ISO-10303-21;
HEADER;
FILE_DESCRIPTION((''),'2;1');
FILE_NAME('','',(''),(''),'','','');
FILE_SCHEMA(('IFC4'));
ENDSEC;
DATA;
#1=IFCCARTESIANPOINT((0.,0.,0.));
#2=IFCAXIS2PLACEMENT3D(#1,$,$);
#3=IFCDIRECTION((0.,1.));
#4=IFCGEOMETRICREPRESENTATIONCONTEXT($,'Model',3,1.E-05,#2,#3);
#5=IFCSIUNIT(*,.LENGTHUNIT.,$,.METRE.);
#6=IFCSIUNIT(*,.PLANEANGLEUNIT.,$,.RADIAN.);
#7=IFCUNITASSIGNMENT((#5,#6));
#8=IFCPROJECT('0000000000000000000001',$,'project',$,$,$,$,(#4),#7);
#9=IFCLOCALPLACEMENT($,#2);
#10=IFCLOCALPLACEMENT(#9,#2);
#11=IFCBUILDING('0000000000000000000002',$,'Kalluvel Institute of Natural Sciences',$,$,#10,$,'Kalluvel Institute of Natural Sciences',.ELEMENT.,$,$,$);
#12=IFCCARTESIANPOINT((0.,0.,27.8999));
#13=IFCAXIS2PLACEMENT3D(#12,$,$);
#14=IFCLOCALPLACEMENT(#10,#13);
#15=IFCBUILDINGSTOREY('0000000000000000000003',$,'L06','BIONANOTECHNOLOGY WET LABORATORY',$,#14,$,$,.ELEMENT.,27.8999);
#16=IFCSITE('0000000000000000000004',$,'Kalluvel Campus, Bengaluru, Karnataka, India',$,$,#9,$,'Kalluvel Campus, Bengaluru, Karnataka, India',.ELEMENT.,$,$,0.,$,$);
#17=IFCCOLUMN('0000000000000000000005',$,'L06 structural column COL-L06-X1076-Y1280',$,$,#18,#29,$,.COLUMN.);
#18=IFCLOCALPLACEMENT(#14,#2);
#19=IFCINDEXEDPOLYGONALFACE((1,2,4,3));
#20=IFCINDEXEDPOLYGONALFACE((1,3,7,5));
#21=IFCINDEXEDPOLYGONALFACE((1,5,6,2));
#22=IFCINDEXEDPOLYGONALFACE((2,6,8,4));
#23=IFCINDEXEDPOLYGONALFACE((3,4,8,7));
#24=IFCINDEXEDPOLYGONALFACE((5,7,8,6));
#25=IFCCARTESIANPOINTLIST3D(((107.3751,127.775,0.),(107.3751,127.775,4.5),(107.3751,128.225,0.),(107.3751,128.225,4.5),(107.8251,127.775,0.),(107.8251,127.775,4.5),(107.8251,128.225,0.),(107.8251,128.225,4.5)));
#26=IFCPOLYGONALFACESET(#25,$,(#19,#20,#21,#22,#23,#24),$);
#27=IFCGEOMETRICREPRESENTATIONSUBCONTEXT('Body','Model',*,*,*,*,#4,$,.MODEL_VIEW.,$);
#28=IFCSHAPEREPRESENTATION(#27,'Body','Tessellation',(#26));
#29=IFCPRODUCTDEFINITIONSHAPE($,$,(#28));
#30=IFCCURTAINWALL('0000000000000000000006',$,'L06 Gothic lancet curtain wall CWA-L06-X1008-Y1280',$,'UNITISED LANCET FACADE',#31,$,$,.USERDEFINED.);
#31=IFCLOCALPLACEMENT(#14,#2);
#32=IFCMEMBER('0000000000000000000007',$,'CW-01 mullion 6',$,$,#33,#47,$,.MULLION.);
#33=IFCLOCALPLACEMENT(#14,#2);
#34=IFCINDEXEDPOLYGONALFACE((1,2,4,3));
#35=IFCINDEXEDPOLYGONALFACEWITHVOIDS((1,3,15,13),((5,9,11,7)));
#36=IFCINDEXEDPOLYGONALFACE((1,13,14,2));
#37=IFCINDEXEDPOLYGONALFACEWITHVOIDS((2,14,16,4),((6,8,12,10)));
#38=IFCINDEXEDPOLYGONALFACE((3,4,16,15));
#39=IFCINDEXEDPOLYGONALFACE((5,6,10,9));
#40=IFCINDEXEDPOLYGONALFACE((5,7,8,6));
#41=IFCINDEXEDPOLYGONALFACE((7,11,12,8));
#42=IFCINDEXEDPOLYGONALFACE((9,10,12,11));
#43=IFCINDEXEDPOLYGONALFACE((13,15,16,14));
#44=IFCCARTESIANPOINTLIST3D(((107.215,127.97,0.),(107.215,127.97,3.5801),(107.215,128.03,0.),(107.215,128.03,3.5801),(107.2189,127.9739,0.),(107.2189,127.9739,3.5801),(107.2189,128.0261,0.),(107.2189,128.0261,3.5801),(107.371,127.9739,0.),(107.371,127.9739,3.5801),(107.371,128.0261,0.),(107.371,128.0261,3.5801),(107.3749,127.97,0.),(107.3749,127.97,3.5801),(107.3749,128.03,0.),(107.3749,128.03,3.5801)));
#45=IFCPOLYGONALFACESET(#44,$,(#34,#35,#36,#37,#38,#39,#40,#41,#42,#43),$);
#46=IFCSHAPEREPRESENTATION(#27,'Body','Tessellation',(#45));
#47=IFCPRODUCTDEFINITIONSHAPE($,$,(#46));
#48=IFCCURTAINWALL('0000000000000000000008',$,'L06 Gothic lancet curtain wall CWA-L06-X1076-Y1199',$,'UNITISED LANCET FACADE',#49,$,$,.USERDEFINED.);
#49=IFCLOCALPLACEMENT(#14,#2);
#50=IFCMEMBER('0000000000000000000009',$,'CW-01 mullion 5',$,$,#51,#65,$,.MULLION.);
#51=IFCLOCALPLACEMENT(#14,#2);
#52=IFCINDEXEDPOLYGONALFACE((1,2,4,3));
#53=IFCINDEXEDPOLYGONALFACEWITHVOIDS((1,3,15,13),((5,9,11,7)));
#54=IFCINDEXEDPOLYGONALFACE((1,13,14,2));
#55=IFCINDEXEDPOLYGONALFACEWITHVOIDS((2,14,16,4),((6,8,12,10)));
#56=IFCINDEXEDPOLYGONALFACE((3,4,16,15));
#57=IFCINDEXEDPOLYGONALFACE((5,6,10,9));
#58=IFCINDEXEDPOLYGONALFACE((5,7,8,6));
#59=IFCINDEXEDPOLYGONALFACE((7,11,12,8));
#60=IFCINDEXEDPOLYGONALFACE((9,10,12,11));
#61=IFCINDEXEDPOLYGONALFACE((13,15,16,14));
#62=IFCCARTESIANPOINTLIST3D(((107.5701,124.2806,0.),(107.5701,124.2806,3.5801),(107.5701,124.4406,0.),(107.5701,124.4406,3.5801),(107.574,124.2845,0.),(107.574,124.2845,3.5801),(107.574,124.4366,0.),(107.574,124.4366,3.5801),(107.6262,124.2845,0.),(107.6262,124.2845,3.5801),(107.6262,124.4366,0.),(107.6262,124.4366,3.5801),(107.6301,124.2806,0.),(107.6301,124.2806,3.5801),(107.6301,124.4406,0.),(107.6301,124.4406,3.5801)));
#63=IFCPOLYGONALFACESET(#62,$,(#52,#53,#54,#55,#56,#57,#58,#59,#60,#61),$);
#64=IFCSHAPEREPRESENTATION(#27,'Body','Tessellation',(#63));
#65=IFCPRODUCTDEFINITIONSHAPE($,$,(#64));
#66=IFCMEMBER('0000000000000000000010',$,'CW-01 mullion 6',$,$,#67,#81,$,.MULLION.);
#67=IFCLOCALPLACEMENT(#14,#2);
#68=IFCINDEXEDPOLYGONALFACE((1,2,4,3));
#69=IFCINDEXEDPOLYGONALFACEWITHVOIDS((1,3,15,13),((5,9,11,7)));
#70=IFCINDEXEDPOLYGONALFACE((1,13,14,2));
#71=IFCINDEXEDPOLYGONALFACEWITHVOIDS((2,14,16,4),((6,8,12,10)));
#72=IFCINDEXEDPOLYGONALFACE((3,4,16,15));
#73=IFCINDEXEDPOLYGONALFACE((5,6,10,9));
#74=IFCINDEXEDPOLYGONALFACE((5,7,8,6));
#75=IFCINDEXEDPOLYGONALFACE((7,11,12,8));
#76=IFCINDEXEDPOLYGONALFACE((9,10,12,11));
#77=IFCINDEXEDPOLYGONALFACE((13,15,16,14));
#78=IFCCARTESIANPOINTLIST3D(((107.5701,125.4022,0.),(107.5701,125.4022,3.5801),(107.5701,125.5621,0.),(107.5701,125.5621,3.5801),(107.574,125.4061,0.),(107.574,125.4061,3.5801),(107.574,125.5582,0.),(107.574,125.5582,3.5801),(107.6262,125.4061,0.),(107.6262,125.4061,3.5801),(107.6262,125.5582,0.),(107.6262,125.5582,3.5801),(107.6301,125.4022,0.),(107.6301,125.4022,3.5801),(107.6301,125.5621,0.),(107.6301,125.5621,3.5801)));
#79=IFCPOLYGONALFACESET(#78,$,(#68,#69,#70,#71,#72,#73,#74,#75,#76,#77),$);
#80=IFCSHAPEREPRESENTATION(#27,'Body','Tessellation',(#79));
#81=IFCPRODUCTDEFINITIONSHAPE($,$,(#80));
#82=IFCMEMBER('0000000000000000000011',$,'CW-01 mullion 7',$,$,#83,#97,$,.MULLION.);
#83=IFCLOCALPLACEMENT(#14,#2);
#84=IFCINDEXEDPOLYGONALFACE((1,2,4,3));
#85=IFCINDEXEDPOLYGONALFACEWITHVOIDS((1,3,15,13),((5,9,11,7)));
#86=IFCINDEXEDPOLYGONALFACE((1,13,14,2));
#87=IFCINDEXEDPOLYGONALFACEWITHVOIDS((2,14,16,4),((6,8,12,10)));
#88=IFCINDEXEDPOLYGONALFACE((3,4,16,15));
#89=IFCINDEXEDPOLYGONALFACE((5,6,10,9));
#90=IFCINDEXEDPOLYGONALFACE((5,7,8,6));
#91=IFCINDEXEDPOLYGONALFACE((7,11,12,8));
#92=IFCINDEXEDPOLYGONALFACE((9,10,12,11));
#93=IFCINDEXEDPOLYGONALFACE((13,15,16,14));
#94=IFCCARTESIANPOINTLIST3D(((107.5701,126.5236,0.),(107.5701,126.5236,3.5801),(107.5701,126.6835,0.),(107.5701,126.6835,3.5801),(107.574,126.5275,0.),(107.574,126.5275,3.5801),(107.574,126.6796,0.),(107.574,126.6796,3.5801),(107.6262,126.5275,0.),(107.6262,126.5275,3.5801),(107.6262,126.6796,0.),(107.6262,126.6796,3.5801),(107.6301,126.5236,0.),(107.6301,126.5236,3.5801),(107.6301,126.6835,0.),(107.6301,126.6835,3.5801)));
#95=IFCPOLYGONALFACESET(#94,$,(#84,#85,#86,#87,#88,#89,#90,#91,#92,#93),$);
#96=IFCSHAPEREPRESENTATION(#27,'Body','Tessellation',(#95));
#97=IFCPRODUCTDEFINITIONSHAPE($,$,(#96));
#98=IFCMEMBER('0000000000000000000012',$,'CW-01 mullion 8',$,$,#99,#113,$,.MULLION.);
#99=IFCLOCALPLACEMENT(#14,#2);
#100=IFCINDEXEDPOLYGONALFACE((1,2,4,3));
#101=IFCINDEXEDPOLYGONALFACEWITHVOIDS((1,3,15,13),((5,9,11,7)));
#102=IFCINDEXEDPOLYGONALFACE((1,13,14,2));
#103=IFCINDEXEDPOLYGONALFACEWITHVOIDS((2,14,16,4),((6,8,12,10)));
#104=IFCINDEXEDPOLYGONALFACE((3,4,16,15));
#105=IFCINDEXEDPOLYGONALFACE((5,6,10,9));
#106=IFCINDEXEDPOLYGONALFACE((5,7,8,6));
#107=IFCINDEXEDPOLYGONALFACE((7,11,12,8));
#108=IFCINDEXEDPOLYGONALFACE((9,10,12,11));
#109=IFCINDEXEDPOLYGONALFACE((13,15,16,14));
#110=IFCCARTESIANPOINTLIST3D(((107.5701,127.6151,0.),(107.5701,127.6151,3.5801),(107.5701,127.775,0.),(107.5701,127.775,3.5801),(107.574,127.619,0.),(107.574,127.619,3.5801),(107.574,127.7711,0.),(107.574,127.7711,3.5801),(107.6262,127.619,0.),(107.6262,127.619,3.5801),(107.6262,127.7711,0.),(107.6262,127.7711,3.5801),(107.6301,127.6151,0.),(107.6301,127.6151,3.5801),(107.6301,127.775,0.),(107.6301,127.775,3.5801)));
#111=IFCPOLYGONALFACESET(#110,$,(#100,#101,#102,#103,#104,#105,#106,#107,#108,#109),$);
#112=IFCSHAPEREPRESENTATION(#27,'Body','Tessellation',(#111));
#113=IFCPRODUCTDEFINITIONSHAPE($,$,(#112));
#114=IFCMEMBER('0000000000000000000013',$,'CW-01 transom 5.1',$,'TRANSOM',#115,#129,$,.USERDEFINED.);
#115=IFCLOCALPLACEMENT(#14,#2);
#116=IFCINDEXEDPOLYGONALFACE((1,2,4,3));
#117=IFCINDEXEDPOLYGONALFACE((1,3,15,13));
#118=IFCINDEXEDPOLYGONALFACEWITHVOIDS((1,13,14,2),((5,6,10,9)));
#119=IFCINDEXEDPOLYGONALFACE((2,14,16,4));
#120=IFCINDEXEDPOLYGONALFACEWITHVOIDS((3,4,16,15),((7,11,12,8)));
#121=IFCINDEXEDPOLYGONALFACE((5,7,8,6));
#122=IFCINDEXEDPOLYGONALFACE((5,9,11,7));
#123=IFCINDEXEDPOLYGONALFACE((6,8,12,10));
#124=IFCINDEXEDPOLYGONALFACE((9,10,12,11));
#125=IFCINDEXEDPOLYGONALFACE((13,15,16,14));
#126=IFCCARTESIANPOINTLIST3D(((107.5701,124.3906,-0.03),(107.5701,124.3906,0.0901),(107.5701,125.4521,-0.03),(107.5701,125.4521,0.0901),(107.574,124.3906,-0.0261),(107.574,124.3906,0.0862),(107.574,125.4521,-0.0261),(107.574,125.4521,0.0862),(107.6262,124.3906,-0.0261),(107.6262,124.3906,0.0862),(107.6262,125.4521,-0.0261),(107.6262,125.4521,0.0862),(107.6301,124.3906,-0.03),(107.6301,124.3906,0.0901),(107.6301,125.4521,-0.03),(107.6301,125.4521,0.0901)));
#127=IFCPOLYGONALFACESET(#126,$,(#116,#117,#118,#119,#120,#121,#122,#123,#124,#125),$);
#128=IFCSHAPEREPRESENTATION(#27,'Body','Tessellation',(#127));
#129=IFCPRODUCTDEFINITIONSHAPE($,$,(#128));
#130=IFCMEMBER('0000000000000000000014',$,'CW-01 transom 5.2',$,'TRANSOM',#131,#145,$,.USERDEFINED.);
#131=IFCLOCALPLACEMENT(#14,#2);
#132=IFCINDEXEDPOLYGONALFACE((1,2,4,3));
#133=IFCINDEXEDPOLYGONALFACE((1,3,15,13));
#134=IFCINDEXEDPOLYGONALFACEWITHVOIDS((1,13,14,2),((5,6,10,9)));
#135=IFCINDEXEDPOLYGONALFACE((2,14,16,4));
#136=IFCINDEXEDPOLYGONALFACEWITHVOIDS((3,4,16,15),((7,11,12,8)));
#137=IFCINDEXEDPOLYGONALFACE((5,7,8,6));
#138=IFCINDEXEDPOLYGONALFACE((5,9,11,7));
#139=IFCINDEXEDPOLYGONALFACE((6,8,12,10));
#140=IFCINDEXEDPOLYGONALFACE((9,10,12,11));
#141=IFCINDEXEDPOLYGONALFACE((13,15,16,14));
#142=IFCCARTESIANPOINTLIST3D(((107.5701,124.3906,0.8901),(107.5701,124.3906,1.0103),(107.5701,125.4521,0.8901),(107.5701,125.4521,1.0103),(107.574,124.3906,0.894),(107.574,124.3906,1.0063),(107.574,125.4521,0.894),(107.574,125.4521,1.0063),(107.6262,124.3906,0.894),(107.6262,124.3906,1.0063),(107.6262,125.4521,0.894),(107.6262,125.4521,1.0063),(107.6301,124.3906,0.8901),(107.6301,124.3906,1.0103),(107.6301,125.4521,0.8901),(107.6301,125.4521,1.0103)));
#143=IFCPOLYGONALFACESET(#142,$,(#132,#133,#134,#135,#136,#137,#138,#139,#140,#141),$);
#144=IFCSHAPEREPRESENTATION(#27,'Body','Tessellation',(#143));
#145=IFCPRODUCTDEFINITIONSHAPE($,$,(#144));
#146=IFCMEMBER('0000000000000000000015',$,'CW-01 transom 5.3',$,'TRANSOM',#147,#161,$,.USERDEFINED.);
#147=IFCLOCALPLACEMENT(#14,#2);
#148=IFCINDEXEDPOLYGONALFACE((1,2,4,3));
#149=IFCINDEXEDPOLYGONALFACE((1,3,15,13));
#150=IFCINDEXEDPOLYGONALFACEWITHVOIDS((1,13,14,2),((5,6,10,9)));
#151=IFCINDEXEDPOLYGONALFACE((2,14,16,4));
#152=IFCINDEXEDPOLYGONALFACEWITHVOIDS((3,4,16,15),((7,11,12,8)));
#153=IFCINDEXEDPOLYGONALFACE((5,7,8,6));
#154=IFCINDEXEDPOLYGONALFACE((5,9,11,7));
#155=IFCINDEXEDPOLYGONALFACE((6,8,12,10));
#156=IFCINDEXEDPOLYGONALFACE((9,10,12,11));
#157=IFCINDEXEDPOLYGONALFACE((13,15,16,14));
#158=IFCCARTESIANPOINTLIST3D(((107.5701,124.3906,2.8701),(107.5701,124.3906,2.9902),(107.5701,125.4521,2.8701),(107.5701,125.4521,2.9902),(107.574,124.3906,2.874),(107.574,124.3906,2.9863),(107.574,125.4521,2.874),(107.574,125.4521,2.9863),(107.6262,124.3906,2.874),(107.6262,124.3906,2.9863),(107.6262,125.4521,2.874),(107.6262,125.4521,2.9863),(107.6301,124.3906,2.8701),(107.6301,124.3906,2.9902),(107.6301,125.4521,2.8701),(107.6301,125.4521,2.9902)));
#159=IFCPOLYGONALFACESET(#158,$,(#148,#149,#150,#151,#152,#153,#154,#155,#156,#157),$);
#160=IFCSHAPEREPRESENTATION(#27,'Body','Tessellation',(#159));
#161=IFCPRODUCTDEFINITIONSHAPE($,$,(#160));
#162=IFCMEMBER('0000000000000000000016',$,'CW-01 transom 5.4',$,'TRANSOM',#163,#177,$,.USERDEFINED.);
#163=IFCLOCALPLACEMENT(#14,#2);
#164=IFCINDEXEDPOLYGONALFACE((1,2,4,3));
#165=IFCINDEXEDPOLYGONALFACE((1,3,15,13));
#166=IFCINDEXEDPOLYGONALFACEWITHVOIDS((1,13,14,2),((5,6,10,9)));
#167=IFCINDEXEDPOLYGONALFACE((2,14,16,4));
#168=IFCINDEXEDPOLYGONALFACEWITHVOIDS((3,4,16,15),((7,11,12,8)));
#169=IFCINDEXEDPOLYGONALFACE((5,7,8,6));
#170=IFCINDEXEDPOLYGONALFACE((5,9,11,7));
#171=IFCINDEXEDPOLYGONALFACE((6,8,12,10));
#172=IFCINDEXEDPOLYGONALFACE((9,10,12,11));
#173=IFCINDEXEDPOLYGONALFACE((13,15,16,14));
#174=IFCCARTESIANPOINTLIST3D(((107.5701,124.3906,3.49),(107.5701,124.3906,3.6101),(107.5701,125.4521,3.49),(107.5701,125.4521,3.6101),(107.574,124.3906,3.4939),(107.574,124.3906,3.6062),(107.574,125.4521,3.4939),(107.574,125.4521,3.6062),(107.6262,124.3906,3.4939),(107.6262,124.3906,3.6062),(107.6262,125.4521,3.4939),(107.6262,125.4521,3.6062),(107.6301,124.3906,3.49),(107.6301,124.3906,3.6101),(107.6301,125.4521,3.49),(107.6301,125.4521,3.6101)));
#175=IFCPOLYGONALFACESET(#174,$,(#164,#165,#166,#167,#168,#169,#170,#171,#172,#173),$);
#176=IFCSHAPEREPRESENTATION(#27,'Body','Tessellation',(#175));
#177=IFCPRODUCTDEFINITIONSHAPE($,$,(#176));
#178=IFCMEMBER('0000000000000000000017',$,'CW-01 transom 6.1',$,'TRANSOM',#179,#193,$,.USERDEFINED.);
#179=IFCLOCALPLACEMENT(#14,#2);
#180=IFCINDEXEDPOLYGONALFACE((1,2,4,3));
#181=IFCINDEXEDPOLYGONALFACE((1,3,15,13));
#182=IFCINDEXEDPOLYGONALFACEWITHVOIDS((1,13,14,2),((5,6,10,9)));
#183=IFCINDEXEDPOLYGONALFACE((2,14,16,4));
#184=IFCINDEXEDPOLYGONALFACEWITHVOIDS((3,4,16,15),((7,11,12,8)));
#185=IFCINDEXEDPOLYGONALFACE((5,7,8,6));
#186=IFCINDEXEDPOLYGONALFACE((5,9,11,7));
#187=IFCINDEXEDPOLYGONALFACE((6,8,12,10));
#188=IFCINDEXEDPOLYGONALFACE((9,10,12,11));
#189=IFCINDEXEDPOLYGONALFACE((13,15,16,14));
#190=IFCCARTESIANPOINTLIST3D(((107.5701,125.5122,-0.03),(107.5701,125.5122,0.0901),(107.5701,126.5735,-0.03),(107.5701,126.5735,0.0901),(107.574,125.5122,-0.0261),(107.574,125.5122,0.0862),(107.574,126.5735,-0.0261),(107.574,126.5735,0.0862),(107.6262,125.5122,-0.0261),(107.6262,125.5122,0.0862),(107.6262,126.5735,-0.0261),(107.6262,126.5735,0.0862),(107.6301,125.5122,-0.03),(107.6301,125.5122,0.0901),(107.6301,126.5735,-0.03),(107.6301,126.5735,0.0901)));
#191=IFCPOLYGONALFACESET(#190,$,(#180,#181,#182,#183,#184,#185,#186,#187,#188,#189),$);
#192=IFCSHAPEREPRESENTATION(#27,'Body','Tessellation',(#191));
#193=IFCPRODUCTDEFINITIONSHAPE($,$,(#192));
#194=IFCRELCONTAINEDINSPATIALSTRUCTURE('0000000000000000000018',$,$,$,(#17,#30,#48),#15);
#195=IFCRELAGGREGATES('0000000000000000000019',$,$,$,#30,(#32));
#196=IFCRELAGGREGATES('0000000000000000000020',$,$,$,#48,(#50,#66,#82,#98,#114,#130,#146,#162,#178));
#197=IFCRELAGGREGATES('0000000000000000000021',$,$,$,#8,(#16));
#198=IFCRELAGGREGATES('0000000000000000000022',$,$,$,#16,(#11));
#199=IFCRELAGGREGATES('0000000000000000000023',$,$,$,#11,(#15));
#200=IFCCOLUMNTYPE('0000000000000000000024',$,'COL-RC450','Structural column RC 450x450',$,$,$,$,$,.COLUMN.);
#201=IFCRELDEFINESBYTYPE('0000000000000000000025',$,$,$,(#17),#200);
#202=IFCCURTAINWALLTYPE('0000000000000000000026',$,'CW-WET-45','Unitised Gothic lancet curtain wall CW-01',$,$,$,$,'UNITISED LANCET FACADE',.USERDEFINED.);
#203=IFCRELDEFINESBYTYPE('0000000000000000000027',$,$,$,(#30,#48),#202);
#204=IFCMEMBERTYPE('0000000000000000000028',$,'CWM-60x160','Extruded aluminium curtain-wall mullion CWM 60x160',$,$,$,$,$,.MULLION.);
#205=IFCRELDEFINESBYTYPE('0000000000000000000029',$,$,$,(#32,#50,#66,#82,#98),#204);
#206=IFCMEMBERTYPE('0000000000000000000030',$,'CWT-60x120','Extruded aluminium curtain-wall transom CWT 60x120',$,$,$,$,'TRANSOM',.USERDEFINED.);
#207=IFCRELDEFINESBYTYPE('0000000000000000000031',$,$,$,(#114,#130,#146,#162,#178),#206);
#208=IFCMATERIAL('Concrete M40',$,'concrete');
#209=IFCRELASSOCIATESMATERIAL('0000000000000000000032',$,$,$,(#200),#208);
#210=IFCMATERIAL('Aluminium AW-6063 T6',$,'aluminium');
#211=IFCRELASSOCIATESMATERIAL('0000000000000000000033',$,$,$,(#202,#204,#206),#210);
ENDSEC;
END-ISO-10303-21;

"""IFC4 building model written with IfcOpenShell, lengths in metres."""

from ifc_helpers import new_model, si_unit, direction, frame, origin, origin_2d, place, context, subcontext, project, spatial, rectangle, hollow_rectangle, extrude, material, material_profile, profile_set, type_object, element, aggregate, save


model = new_model("IFC4")

# Units and contexts
model_context = context("Model", 3, precision=1e-05, world=origin(), true_north=direction((0.0, 1.0)))
body_context = subcontext(model_context, "Body", "Model", "MODEL_VIEW")
ifc_project = project(units=[si_unit("LENGTHUNIT", "METRE"), si_unit("PLANEANGLEUNIT", "RADIAN")], contexts=[model_context])

# Site, building, storey
site_placement = place(None, origin())
site = spatial("IfcSite", under=ifc_project, at=site_placement, Name="Kalluvel Campus, Bengaluru, Karnataka, India", LongName="Kalluvel Campus, Bengaluru, Karnataka, India", CompositionType="ELEMENT", RefElevation=0.0)
building_placement = place(site_placement, origin())
building = spatial("IfcBuilding", under=site, at=building_placement, Name="Kalluvel Institute of Natural Sciences", LongName="Kalluvel Institute of Natural Sciences", CompositionType="ELEMENT")
storey_placement = place(building_placement, frame((0.0, 0.0, 27.8999)))
storey = spatial("IfcBuildingStorey", under=building, at=storey_placement, Name="L06", Description="BIONANOTECHNOLOGY WET LABORATORY", CompositionType="ELEMENT", Elevation=27.8999)

# Column
ifc_material_1 = material(Name="Concrete M40", Category="concrete")
ifc_material_profile_1 = material_profile(ifc_material_1, rectangle(XDim=0.45, YDim=0.45, at=origin_2d()), Name="RC 450x450")
ifc_profile_set_1 = profile_set([ifc_material_profile_1], Name="Concrete M40")
column_type = type_object("IfcColumnType", Name="COL-RC450", Description="Structural column RC 450x450", PredefinedType="COLUMN", material=ifc_profile_set_1)
column_placement = place(storey_placement, frame((107.6001, 128.0, 0.0), z_axis=(0.0, 0.0, 1.0), x_axis=(1.0, 0.0, 0.0)))
element("IfcColumn", 1, at=column_placement, inside=storey, type_object=column_type, Name="L06 structural column COL-L06-X1076-Y1280", PredefinedType="COLUMN", context=body_context, shape_type="SweptSolid", body=[
    extrude(rectangle(XDim=0.45, YDim=0.45, at=origin_2d()), origin(), (0.0, 0.0, 1.0), 4.5),
])

# Curtain wall, member
ifc_material_2 = material(Name="Aluminium AW-6063 T6", Category="aluminium")
curtain_wall_type = type_object("IfcCurtainWallType", Name="CW-WET-45", Description="Unitised Gothic lancet curtain wall CW-01", ElementType="UNITISED LANCET FACADE", PredefinedType="USERDEFINED", material=ifc_material_2)
curtain_wall_1_placement = place(storey_placement, origin())
curtain_wall_1 = element("IfcCurtainWall", 2, at=curtain_wall_1_placement, inside=storey, type_object=curtain_wall_type, Name="L06 Gothic lancet curtain wall CWA-L06-X1008-Y1280", ObjectType="UNITISED LANCET FACADE", PredefinedType="USERDEFINED")
ifc_material_profile_2 = material_profile(ifc_material_2, hollow_rectangle(XDim=0.0601, YDim=0.1599, WallThickness=0.0039, at=origin_2d()), Name="CWM 60x160")
ifc_profile_set_2 = profile_set([ifc_material_profile_2], Name="Aluminium AW-6063 T6")
member_type_1 = type_object("IfcMemberType", Name="CWM-60x160", Description="Extruded aluminium curtain-wall mullion CWM 60x160", PredefinedType="MULLION", material=ifc_profile_set_2)
member_1_placement = place(storey_placement, frame((107.2949, 128.0, 0.0), z_axis=(0.0, 0.0, 1.0), x_axis=(0.0, 1.0, 0.0)))
member_1 = element("IfcMember", 3, at=member_1_placement, type_object=member_type_1, Name="CW-01 mullion 6", PredefinedType="MULLION", context=body_context, shape_type="SweptSolid", body=[
    extrude(hollow_rectangle(XDim=0.0601, YDim=0.1599, WallThickness=0.0039, at=origin_2d()), origin(), (0.0, 0.0, 1.0), 3.5801),
])
aggregate(curtain_wall_1, [member_1])

# Curtain wall, members
curtain_wall_2_placement = place(storey_placement, origin())
curtain_wall_2 = element("IfcCurtainWall", 4, at=curtain_wall_2_placement, inside=storey, type_object=curtain_wall_type, Name="L06 Gothic lancet curtain wall CWA-L06-X1076-Y1199", ObjectType="UNITISED LANCET FACADE", PredefinedType="USERDEFINED")
member_2_placement = place(storey_placement, frame((107.6001, 124.3606, 0.0), z_axis=(0.0, 0.0, 1.0), x_axis=(-1.0, 0.0, 0.0)))
member_2 = element("IfcMember", 5, at=member_2_placement, type_object=member_type_1, Name="CW-01 mullion 5", PredefinedType="MULLION", context=body_context, shape_type="SweptSolid", body=[
    extrude(hollow_rectangle(XDim=0.0601, YDim=0.1599, WallThickness=0.0039, at=origin_2d()), origin(), (0.0, 0.0, 1.0), 3.5801),
])
member_3_placement = place(storey_placement, frame((107.6001, 125.4822, 0.0), z_axis=(0.0, 0.0, 1.0), x_axis=(-1.0, 0.0, 0.0)))
member_3 = element("IfcMember", 6, at=member_3_placement, type_object=member_type_1, Name="CW-01 mullion 6", PredefinedType="MULLION", context=body_context, shape_type="SweptSolid", body=[
    extrude(hollow_rectangle(XDim=0.0601, YDim=0.1599, WallThickness=0.0039, at=origin_2d()), origin(), (0.0, 0.0, 1.0), 3.5801),
])
member_4_placement = place(storey_placement, frame((107.6001, 126.6035, 0.0), z_axis=(0.0, 0.0, 1.0), x_axis=(-1.0, 0.0, 0.0)))
member_4 = element("IfcMember", 7, at=member_4_placement, type_object=member_type_1, Name="CW-01 mullion 7", PredefinedType="MULLION", context=body_context, shape_type="SweptSolid", body=[
    extrude(hollow_rectangle(XDim=0.0601, YDim=0.1599, WallThickness=0.0039, at=origin_2d()), origin(), (0.0, 0.0, 1.0), 3.5801),
])
member_5_placement = place(storey_placement, frame((107.6001, 127.6951, 0.0), z_axis=(0.0, 0.0, 1.0), x_axis=(-1.0, 0.0, 0.0)))
member_5 = element("IfcMember", 8, at=member_5_placement, type_object=member_type_1, Name="CW-01 mullion 8", PredefinedType="MULLION", context=body_context, shape_type="SweptSolid", body=[
    extrude(hollow_rectangle(XDim=0.0601, YDim=0.1599, WallThickness=0.0039, at=origin_2d()), origin(), (0.0, 0.0, 1.0), 3.5801),
])
ifc_material_profile_3 = material_profile(ifc_material_2, hollow_rectangle(XDim=0.0601, YDim=0.1201, WallThickness=0.0039, at=origin_2d()), Name="CWT 60x120")
ifc_profile_set_3 = profile_set([ifc_material_profile_3], Name="Aluminium AW-6063 T6")
member_type_2 = type_object("IfcMemberType", Name="CWT-60x120", Description="Extruded aluminium curtain-wall transom CWT 60x120", ElementType="TRANSOM", PredefinedType="USERDEFINED", material=ifc_profile_set_3)
member_6_placement = place(storey_placement, frame((107.6001, 124.3906, 0.03), z_axis=(0.0, 1.0, 0.0), x_axis=(-1.0, 0.0, 0.0)))
member_6 = element("IfcMember", 9, at=member_6_placement, type_object=member_type_2, Name="CW-01 transom 5.1", ObjectType="TRANSOM", PredefinedType="USERDEFINED", context=body_context, shape_type="SweptSolid", body=[
    extrude(hollow_rectangle(XDim=0.0601, YDim=0.1201, WallThickness=0.0039, at=origin_2d()), origin(), (0.0, 0.0, 1.0), 1.0615),
])
member_7_placement = place(storey_placement, frame((107.6001, 124.3906, 0.9502), z_axis=(0.0, 1.0, 0.0), x_axis=(-1.0, 0.0, 0.0)))
member_7 = element("IfcMember", 10, at=member_7_placement, type_object=member_type_2, Name="CW-01 transom 5.2", ObjectType="TRANSOM", PredefinedType="USERDEFINED", context=body_context, shape_type="SweptSolid", body=[
    extrude(hollow_rectangle(XDim=0.0601, YDim=0.1201, WallThickness=0.0039, at=origin_2d()), origin(), (0.0, 0.0, 1.0), 1.0615),
])
member_8_placement = place(storey_placement, frame((107.6001, 124.3906, 2.9302), z_axis=(0.0, 1.0, 0.0), x_axis=(-1.0, 0.0, 0.0)))
member_8 = element("IfcMember", 11, at=member_8_placement, type_object=member_type_2, Name="CW-01 transom 5.3", ObjectType="TRANSOM", PredefinedType="USERDEFINED", context=body_context, shape_type="SweptSolid", body=[
    extrude(hollow_rectangle(XDim=0.0601, YDim=0.1201, WallThickness=0.0039, at=origin_2d()), origin(), (0.0, 0.0, 1.0), 1.0615),
])
member_9_placement = place(storey_placement, frame((107.6001, 124.3906, 3.55), z_axis=(0.0, 1.0, 0.0), x_axis=(-1.0, 0.0, 0.0)))
member_9 = element("IfcMember", 12, at=member_9_placement, type_object=member_type_2, Name="CW-01 transom 5.4", ObjectType="TRANSOM", PredefinedType="USERDEFINED", context=body_context, shape_type="SweptSolid", body=[
    extrude(hollow_rectangle(XDim=0.0601, YDim=0.1201, WallThickness=0.0039, at=origin_2d()), origin(), (0.0, 0.0, 1.0), 1.0615),
])
member_10_placement = place(storey_placement, frame((107.6001, 125.5122, 0.03), z_axis=(0.0, 1.0, 0.0), x_axis=(-1.0, 0.0, 0.0)))
member_10 = element("IfcMember", 13, at=member_10_placement, type_object=member_type_2, Name="CW-01 transom 6.1", ObjectType="TRANSOM", PredefinedType="USERDEFINED", context=body_context, shape_type="SweptSolid", body=[
    extrude(hollow_rectangle(XDim=0.0601, YDim=0.1201, WallThickness=0.0039, at=origin_2d()), origin(), (0.0, 0.0, 1.0), 1.0613),
])

aggregate(curtain_wall_2, [member_2, member_3, member_4, member_5, member_6, member_7, member_8, member_9, member_10])

save(model, "model.ifc")
